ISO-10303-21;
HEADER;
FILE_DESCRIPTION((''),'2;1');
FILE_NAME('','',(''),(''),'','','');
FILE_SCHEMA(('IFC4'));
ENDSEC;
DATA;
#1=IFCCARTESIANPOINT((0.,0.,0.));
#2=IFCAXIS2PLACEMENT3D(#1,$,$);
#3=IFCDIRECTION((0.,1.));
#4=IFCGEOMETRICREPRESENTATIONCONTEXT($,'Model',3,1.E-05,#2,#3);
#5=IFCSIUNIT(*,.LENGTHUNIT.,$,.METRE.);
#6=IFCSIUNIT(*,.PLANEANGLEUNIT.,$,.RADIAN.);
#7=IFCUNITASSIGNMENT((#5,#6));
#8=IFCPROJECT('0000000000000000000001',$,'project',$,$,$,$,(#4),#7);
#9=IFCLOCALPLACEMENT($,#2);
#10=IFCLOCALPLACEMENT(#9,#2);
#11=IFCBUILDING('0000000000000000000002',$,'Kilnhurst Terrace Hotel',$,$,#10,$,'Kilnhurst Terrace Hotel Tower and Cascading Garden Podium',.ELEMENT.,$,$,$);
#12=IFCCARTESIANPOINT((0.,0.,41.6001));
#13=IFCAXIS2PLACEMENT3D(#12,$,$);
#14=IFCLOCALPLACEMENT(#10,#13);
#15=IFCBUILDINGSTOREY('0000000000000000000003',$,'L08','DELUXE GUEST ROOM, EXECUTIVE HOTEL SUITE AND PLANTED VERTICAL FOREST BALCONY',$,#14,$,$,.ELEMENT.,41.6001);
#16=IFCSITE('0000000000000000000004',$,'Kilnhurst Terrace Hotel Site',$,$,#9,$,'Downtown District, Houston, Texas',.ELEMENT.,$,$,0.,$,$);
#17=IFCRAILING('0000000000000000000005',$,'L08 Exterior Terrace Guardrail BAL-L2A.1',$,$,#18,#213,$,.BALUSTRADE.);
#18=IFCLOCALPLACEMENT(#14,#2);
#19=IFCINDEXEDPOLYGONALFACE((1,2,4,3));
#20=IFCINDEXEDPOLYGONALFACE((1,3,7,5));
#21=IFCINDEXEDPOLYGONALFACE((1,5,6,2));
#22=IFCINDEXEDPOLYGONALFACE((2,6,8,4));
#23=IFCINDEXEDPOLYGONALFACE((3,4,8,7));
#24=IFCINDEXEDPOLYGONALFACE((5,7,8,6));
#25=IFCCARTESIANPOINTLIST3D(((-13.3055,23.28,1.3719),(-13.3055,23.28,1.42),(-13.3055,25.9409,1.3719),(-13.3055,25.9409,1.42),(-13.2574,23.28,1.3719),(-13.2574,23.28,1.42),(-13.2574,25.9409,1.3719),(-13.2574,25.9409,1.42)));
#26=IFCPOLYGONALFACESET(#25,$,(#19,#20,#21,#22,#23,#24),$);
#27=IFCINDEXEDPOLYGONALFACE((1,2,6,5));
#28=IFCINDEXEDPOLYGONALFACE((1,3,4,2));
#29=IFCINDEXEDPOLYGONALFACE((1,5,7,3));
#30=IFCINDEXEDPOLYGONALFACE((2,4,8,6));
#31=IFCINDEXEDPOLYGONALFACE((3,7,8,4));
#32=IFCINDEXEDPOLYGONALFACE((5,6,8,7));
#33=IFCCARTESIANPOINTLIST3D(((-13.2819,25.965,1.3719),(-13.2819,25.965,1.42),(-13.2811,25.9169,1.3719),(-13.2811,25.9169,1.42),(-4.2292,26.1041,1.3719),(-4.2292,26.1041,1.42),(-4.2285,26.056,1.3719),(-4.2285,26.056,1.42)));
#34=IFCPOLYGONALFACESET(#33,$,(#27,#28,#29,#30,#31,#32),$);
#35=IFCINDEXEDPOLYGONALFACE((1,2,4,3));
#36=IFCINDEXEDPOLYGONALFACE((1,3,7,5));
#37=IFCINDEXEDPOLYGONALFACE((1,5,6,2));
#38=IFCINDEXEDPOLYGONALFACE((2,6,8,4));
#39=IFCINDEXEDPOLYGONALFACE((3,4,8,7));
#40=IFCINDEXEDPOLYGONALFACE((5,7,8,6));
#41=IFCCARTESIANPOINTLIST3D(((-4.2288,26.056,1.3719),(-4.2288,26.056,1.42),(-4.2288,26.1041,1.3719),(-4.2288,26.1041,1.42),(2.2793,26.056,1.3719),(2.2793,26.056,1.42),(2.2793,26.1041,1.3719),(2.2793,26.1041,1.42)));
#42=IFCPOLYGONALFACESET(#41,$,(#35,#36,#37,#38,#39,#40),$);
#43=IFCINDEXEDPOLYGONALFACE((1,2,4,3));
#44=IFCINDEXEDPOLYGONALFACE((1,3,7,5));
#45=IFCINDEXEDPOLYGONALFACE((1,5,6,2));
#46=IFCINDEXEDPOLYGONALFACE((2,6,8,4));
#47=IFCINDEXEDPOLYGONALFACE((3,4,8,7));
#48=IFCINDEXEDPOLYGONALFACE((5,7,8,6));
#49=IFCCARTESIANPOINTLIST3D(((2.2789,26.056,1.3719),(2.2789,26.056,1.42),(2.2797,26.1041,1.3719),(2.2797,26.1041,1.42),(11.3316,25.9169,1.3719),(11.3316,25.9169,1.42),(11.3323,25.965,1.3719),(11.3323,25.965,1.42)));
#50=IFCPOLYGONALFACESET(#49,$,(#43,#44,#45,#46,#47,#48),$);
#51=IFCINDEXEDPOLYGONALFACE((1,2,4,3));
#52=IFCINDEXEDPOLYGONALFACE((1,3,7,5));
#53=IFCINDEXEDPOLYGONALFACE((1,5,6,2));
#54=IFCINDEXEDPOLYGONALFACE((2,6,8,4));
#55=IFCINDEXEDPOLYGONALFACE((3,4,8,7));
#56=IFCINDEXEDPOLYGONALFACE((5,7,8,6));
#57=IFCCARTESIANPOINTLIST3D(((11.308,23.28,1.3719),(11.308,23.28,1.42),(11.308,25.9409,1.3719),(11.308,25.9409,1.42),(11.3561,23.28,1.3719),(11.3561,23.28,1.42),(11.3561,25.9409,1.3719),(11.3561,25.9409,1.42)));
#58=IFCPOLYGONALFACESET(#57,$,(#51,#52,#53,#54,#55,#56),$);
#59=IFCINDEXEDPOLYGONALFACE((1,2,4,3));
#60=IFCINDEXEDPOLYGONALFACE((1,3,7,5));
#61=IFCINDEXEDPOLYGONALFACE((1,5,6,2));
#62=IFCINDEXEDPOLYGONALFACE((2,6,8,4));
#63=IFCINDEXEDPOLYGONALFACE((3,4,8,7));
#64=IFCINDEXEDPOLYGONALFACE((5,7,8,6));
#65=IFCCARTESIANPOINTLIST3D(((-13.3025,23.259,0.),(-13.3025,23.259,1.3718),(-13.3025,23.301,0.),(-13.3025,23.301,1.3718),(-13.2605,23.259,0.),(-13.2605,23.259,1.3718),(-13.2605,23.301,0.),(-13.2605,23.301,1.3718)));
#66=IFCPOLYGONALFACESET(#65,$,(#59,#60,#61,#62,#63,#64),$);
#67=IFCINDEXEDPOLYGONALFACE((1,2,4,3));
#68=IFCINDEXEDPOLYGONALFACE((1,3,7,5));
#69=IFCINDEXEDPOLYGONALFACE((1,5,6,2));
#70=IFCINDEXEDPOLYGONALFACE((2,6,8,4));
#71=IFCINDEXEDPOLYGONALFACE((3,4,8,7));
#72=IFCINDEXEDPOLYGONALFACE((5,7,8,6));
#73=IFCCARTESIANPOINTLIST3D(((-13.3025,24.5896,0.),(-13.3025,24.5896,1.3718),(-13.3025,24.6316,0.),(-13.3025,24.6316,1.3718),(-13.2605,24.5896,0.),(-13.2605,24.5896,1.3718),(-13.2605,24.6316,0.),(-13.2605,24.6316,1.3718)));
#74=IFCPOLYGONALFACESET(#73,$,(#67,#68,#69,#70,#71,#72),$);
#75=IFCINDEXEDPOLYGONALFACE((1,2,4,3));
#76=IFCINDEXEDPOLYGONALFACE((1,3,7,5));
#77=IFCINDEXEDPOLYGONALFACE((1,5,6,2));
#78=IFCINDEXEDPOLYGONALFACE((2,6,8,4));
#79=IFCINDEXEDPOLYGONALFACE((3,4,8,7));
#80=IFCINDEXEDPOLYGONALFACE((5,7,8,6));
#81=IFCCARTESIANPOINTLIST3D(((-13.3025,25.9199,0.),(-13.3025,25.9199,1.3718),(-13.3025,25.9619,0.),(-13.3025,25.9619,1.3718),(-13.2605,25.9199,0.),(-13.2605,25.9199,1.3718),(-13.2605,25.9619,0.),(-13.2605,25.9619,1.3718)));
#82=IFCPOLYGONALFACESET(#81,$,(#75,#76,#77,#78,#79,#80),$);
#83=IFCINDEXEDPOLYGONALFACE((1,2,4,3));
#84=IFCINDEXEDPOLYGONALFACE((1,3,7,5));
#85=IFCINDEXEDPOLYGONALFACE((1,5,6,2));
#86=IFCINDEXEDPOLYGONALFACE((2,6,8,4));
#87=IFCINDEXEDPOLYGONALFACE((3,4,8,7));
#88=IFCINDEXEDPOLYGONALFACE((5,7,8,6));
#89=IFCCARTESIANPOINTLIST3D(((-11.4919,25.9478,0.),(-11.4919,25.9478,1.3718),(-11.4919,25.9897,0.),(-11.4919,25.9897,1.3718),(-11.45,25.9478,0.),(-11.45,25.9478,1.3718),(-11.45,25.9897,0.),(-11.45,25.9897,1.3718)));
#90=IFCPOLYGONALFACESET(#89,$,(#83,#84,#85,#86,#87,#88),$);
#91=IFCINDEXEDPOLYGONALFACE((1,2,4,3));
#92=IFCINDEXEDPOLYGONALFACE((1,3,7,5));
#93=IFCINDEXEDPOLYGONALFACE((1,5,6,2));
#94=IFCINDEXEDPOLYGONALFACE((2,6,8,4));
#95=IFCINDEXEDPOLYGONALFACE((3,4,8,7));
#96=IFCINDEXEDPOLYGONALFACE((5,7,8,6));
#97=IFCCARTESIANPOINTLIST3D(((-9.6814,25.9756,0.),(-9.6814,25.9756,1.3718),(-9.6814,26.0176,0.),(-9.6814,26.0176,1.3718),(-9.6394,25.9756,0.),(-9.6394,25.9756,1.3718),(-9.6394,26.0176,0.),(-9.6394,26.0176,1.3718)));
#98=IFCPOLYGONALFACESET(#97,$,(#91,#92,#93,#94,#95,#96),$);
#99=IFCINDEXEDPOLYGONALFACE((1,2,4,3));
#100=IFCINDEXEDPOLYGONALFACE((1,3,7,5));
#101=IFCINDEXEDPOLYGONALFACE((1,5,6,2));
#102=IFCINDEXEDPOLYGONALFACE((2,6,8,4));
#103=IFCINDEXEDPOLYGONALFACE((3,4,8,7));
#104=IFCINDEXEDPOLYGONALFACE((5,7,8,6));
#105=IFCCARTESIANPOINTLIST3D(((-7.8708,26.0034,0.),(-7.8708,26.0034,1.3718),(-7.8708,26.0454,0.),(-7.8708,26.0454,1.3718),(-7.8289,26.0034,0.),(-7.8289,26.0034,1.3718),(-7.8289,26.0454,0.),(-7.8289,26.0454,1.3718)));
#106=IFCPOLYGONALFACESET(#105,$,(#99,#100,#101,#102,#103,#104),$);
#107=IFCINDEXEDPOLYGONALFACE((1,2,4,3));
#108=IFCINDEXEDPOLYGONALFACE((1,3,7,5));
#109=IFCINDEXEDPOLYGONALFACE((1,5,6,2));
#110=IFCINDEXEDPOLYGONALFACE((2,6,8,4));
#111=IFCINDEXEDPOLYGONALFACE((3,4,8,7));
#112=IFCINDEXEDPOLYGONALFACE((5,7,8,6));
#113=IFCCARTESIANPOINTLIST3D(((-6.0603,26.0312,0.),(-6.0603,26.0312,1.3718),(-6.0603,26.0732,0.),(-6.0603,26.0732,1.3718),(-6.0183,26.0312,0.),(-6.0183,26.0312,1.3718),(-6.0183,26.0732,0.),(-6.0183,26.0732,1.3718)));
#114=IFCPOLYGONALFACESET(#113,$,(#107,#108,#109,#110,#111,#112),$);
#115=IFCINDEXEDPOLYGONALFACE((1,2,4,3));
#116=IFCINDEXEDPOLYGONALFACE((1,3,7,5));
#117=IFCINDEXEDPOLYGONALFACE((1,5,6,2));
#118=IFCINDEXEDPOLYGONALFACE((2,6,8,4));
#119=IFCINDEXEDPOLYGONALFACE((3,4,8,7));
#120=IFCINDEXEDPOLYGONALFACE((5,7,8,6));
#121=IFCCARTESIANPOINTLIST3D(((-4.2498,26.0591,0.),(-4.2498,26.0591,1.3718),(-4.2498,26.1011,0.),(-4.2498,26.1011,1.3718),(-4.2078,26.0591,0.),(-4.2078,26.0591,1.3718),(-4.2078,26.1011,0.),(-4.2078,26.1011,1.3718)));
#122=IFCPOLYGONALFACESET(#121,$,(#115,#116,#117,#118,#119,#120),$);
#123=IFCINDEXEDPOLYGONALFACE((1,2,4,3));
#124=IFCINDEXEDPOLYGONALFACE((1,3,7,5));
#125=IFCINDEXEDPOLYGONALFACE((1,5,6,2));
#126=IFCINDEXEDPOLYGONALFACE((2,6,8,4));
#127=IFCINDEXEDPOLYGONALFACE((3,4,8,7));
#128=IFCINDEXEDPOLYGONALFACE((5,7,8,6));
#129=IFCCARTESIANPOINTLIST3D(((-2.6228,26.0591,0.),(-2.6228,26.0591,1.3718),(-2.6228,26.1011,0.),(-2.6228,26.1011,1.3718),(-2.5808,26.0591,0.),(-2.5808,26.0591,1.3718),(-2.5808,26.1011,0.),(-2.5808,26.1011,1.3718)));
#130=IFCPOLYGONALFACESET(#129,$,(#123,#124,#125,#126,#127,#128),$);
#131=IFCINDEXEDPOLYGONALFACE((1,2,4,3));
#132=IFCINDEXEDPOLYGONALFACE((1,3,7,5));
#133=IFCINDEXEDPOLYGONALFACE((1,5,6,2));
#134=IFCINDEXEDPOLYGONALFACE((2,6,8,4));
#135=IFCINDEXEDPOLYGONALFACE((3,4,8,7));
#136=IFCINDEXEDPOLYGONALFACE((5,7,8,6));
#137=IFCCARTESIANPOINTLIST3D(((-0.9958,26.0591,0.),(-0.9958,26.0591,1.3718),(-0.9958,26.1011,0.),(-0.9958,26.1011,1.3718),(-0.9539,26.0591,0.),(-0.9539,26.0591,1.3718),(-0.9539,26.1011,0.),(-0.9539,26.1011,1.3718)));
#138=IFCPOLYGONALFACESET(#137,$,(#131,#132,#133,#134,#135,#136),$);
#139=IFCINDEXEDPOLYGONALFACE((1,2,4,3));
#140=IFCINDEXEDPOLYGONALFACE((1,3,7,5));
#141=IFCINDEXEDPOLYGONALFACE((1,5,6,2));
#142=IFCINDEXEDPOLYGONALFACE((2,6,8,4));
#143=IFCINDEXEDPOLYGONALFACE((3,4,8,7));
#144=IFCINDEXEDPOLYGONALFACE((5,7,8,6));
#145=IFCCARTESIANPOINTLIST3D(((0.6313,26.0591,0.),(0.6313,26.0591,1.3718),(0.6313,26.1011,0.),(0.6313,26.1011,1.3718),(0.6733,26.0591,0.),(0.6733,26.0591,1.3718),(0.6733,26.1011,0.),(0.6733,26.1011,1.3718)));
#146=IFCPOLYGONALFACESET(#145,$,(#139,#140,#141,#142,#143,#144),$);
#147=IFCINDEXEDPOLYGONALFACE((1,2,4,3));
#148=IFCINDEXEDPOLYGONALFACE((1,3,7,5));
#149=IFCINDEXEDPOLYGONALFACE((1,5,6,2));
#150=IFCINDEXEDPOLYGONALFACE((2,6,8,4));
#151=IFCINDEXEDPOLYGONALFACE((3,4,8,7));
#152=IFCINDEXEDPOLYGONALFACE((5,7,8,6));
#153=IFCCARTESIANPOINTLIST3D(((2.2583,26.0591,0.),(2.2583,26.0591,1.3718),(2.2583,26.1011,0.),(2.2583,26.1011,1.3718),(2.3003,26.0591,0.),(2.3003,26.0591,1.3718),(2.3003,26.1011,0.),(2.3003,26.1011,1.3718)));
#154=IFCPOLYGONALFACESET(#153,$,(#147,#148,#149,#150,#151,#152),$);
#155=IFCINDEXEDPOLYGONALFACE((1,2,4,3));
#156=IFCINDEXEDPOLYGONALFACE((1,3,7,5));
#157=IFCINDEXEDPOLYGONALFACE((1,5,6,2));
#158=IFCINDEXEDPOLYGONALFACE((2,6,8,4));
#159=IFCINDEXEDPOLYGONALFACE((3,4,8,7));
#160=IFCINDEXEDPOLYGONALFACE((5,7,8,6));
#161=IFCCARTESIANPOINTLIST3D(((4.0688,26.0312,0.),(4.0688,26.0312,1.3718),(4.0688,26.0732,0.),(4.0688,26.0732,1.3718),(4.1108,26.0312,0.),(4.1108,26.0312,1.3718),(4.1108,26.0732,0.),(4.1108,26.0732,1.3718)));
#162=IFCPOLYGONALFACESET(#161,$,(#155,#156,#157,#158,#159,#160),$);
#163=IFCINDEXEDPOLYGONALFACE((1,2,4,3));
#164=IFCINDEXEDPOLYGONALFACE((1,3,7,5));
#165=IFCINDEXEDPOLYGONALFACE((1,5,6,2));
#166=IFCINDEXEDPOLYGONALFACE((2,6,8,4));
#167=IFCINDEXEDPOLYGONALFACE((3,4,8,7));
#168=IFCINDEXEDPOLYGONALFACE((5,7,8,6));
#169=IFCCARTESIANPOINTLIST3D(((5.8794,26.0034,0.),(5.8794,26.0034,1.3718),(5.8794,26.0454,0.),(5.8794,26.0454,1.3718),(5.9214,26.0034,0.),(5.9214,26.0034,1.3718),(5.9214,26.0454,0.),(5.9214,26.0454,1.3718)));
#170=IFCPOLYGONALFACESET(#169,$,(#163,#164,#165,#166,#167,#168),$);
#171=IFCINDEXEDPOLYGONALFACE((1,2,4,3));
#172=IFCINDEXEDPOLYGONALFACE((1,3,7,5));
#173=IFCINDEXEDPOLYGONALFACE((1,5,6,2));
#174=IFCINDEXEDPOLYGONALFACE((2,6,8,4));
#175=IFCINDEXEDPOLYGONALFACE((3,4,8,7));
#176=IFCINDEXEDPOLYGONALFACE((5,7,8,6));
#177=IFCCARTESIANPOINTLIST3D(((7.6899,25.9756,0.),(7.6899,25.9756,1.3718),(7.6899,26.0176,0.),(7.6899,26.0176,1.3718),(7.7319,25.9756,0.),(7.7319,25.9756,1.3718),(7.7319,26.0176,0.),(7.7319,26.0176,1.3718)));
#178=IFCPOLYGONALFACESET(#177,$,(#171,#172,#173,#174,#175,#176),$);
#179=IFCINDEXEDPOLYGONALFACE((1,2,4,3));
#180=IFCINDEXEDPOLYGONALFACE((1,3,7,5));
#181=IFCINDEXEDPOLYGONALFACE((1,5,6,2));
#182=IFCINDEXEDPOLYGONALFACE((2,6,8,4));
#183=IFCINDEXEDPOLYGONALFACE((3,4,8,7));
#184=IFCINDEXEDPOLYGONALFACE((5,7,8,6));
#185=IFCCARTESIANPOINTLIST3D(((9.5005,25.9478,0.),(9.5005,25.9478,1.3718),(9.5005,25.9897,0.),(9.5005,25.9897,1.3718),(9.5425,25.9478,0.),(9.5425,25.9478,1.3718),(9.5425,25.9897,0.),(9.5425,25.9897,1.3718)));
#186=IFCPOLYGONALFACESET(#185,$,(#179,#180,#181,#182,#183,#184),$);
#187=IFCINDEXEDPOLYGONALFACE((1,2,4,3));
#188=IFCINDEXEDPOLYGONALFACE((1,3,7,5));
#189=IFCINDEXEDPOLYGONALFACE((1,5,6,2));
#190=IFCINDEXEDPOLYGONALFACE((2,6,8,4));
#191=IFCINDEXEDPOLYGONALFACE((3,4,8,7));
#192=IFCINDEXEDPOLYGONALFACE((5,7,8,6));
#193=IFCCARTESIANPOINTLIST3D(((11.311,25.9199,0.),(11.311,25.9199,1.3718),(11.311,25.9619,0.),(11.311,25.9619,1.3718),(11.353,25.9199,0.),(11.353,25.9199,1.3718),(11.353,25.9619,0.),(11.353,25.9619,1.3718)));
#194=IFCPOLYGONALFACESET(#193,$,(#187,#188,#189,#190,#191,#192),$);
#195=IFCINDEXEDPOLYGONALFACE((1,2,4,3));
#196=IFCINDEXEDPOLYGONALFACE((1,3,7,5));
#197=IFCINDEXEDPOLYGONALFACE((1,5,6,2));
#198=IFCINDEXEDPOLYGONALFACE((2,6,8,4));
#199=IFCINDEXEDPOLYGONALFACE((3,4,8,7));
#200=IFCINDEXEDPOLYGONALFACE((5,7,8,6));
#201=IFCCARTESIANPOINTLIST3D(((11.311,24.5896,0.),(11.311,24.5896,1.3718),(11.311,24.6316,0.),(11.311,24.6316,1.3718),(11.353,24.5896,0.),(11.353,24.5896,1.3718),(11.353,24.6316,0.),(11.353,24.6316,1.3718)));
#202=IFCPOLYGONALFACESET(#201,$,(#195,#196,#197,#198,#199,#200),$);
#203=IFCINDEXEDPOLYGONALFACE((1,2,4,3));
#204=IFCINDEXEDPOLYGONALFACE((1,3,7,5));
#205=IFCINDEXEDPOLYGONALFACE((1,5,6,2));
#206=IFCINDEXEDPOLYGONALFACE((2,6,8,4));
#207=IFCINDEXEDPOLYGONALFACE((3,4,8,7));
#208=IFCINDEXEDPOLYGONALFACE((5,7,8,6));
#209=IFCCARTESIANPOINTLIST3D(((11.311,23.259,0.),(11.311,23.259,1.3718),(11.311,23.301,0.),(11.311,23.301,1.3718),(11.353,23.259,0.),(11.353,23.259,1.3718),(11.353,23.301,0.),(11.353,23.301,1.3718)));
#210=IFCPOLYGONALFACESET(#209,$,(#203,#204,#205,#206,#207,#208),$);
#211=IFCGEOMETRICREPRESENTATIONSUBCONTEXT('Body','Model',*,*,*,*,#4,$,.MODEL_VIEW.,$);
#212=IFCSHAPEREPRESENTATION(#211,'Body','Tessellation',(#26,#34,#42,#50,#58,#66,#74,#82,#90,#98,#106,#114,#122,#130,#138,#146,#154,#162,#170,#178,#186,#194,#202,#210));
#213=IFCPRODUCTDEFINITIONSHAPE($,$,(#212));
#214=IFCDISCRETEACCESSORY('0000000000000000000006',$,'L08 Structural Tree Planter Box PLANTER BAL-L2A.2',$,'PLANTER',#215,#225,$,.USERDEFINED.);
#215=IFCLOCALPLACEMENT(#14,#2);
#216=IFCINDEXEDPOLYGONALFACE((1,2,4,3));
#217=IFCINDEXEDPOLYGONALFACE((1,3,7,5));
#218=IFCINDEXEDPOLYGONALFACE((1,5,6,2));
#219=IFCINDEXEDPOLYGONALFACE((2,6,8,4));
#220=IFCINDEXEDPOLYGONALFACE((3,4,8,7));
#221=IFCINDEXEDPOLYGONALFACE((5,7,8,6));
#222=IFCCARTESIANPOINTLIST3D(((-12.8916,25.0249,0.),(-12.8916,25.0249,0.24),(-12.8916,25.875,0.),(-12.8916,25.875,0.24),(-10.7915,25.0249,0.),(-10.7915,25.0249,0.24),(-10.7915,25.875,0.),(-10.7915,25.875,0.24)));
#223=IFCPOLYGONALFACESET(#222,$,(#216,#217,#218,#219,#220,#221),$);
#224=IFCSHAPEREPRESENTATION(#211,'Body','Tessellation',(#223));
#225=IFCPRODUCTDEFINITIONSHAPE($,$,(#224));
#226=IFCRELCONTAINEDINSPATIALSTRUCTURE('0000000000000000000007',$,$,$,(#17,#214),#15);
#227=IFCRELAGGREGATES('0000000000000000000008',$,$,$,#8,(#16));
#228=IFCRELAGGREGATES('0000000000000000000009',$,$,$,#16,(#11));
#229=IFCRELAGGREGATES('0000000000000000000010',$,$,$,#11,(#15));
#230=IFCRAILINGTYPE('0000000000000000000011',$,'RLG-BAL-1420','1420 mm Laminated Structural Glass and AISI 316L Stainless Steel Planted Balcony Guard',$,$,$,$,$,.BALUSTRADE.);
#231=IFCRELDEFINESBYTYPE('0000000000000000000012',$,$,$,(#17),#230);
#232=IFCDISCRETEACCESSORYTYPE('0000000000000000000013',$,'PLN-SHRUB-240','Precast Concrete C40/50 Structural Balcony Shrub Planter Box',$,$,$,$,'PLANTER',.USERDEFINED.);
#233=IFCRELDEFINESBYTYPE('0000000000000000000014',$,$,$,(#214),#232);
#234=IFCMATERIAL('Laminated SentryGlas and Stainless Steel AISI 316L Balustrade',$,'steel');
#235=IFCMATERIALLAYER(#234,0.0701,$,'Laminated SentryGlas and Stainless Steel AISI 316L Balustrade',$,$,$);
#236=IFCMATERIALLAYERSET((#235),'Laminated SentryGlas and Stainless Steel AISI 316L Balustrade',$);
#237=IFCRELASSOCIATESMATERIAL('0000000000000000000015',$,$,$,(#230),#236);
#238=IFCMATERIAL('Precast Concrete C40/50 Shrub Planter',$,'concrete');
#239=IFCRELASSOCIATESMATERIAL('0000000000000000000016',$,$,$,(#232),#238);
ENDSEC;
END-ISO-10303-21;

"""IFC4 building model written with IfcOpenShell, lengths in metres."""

from ifc_helpers import new_model, si_unit, direction, frame, origin, origin_2d, place, context, subcontext, project, spatial, rectangle, extrude, material, layer, layer_set, type_object, element, save


model = new_model("IFC4")

# Units and contexts
model_context = context("Model", 3, precision=1e-05, world=origin(), true_north=direction((0.0, 1.0)))
body_context = subcontext(model_context, "Body", "Model", "MODEL_VIEW")
ifc_project = project(units=[si_unit("LENGTHUNIT", "METRE"), si_unit("PLANEANGLEUNIT", "RADIAN")], contexts=[model_context])

# Site, building, storey
site_placement = place(None, origin())
site = spatial("IfcSite", under=ifc_project, at=site_placement, Name="Kilnhurst Terrace Hotel Site", LongName="Downtown District, Houston, Texas", CompositionType="ELEMENT", RefElevation=0.0)
building_placement = place(site_placement, origin())
building = spatial("IfcBuilding", under=site, at=building_placement, Name="Kilnhurst Terrace Hotel", LongName="Kilnhurst Terrace Hotel Tower and Cascading Garden Podium", CompositionType="ELEMENT")
storey_placement = place(building_placement, frame((0.0, 0.0, 41.6001)))
storey = spatial("IfcBuildingStorey", under=building, at=storey_placement, Name="L08", Description="DELUXE GUEST ROOM, EXECUTIVE HOTEL SUITE AND PLANTED VERTICAL FOREST BALCONY", CompositionType="ELEMENT", Elevation=41.6001)

# Railing
ifc_material_1 = material(Name="Laminated SentryGlas and Stainless Steel AISI 316L Balustrade", Category="steel")
ifc_layer_1 = layer(ifc_material_1, 0.0701, Name="Laminated SentryGlas and Stainless Steel AISI 316L Balustrade")
ifc_layer_set_1 = layer_set([ifc_layer_1], Name="Laminated SentryGlas and Stainless Steel AISI 316L Balustrade")
railing_type = type_object("IfcRailingType", Name="RLG-BAL-1420", Description="1420 mm Laminated Structural Glass and AISI 316L Stainless Steel Planted Balcony Guard", PredefinedType="BALUSTRADE", material=ifc_layer_set_1)
railing_placement = place(storey_placement, frame((-13.2815, 23.28, 0.0)))
element("IfcRailing", 1, at=railing_placement, inside=storey, type_object=railing_type, Name="L08 Exterior Terrace Guardrail BAL-L2A.1", PredefinedType="BALUSTRADE", context=body_context, shape_type="SweptSolid", body=[
    extrude(rectangle(XDim=0.0481, YDim=0.0481, at=origin_2d()), frame((0.0, 0.0, 1.396), z_axis=(0.0, 1.0, 0.0), x_axis=(-1.0, 0.0, 0.0)), (0.0, 0.0, 1.0), 2.6609),
    extrude(rectangle(XDim=0.0481, YDim=0.0481, at=origin_2d()), frame((0.0, 2.6609, 1.396), z_axis=(0.999882, 0.01537, 0.0), x_axis=(-0.01537, 0.999882, 0.0)), (0.0, 0.0, 1.0), 9.0537),
    extrude(rectangle(XDim=0.0481, YDim=0.0481, at=origin_2d()), frame((9.0527, 2.8, 1.396), z_axis=(1.0, 0.0, 0.0), x_axis=(0.0, 1.0, 0.0)), (0.0, 0.0, 1.0), 6.5081),
    extrude(rectangle(XDim=0.0481, YDim=0.0481, at=origin_2d()), frame((15.5608, 2.8, 1.396), z_axis=(0.999882, -0.01537, 0.0), x_axis=(0.01537, 0.999882, 0.0)), (0.0, 0.0, 1.0), 9.0537),
    extrude(rectangle(XDim=0.0481, YDim=0.0481, at=origin_2d()), frame((24.6135, 2.6609, 1.396), z_axis=(0.0, -1.0, 0.0), x_axis=(1.0, 0.0, 0.0)), (0.0, 0.0, 1.0), 2.6609),
    extrude(rectangle(XDim=0.042, YDim=0.042, at=origin_2d()), origin(), (0.0, 0.0, 1.0), 1.3718),
    extrude(rectangle(XDim=0.042, YDim=0.042, at=origin_2d()), frame((0.0, 1.3306, 0.0)), (0.0, 0.0, 1.0), 1.3718),
    extrude(rectangle(XDim=0.042, YDim=0.042, at=origin_2d()), frame((0.0, 2.6609, 0.0)), (0.0, 0.0, 1.0), 1.3718),
    extrude(rectangle(XDim=0.042, YDim=0.042, at=origin_2d()), frame((1.8105, 2.6887, 0.0)), (0.0, 0.0, 1.0), 1.3718),
    extrude(rectangle(XDim=0.042, YDim=0.042, at=origin_2d()), frame((3.6211, 2.7166, 0.0)), (0.0, 0.0, 1.0), 1.3718),
    extrude(rectangle(XDim=0.042, YDim=0.042, at=origin_2d()), frame((5.4316, 2.7444, 0.0)), (0.0, 0.0, 1.0), 1.3718),
    extrude(rectangle(XDim=0.042, YDim=0.042, at=origin_2d()), frame((7.2422, 2.7722, 0.0)), (0.0, 0.0, 1.0), 1.3718),
    extrude(rectangle(XDim=0.042, YDim=0.042, at=origin_2d()), frame((9.0527, 2.8, 0.0)), (0.0, 0.0, 1.0), 1.3718),
    extrude(rectangle(XDim=0.042, YDim=0.042, at=origin_2d()), frame((10.6797, 2.8, 0.0)), (0.0, 0.0, 1.0), 1.3718),
    extrude(rectangle(XDim=0.042, YDim=0.042, at=origin_2d()), frame((12.3066, 2.8, 0.0)), (0.0, 0.0, 1.0), 1.3718),
    extrude(rectangle(XDim=0.042, YDim=0.042, at=origin_2d()), frame((13.9338, 2.8, 0.0)), (0.0, 0.0, 1.0), 1.3718),
    extrude(rectangle(XDim=0.042, YDim=0.042, at=origin_2d()), frame((15.5608, 2.8, 0.0)), (0.0, 0.0, 1.0), 1.3718),
    extrude(rectangle(XDim=0.042, YDim=0.042, at=origin_2d()), frame((17.3713, 2.7722, 0.0)), (0.0, 0.0, 1.0), 1.3718),
    extrude(rectangle(XDim=0.042, YDim=0.042, at=origin_2d()), frame((19.1819, 2.7444, 0.0)), (0.0, 0.0, 1.0), 1.3718),
    extrude(rectangle(XDim=0.042, YDim=0.042, at=origin_2d()), frame((20.9924, 2.7166, 0.0)), (0.0, 0.0, 1.0), 1.3718),
    extrude(rectangle(XDim=0.042, YDim=0.042, at=origin_2d()), frame((22.803, 2.6887, 0.0)), (0.0, 0.0, 1.0), 1.3718),
    extrude(rectangle(XDim=0.042, YDim=0.042, at=origin_2d()), frame((24.6135, 2.6609, 0.0)), (0.0, 0.0, 1.0), 1.3718),
    extrude(rectangle(XDim=0.042, YDim=0.042, at=origin_2d()), frame((24.6135, 1.3306, 0.0)), (0.0, 0.0, 1.0), 1.3718),
    extrude(rectangle(XDim=0.042, YDim=0.042, at=origin_2d()), frame((24.6135, 0.0, 0.0)), (0.0, 0.0, 1.0), 1.3718),
])

# Discrete accessory
ifc_material_2 = material(Name="Precast Concrete C40/50 Shrub Planter", Category="concrete")
discrete_accessory_type_1 = type_object("IfcDiscreteAccessoryType", Name="PLN-SHRUB-240", Description="Precast Concrete C40/50 Structural Balcony Shrub Planter Box", ElementType="PLANTER", PredefinedType="USERDEFINED", material=ifc_material_2)
discrete_accessory_1_placement = place(storey_placement, frame((-11.8416, 25.45, 0.0), z_axis=(0.0, 0.0, 1.0), x_axis=(-1.0, 0.0, 0.0)))
element("IfcDiscreteAccessory", 2, at=discrete_accessory_1_placement, inside=storey, type_object=discrete_accessory_type_1, Name="L08 Structural Tree Planter Box PLANTER BAL-L2A.2", ObjectType="PLANTER", PredefinedType="USERDEFINED", context=body_context, shape_type="SweptSolid", body=[
    extrude(rectangle(XDim=2.1001, YDim=0.8501, at=origin_2d()), origin(), (0.0, 0.0, 1.0), 0.24),
])

save(model, "model.ifc")
